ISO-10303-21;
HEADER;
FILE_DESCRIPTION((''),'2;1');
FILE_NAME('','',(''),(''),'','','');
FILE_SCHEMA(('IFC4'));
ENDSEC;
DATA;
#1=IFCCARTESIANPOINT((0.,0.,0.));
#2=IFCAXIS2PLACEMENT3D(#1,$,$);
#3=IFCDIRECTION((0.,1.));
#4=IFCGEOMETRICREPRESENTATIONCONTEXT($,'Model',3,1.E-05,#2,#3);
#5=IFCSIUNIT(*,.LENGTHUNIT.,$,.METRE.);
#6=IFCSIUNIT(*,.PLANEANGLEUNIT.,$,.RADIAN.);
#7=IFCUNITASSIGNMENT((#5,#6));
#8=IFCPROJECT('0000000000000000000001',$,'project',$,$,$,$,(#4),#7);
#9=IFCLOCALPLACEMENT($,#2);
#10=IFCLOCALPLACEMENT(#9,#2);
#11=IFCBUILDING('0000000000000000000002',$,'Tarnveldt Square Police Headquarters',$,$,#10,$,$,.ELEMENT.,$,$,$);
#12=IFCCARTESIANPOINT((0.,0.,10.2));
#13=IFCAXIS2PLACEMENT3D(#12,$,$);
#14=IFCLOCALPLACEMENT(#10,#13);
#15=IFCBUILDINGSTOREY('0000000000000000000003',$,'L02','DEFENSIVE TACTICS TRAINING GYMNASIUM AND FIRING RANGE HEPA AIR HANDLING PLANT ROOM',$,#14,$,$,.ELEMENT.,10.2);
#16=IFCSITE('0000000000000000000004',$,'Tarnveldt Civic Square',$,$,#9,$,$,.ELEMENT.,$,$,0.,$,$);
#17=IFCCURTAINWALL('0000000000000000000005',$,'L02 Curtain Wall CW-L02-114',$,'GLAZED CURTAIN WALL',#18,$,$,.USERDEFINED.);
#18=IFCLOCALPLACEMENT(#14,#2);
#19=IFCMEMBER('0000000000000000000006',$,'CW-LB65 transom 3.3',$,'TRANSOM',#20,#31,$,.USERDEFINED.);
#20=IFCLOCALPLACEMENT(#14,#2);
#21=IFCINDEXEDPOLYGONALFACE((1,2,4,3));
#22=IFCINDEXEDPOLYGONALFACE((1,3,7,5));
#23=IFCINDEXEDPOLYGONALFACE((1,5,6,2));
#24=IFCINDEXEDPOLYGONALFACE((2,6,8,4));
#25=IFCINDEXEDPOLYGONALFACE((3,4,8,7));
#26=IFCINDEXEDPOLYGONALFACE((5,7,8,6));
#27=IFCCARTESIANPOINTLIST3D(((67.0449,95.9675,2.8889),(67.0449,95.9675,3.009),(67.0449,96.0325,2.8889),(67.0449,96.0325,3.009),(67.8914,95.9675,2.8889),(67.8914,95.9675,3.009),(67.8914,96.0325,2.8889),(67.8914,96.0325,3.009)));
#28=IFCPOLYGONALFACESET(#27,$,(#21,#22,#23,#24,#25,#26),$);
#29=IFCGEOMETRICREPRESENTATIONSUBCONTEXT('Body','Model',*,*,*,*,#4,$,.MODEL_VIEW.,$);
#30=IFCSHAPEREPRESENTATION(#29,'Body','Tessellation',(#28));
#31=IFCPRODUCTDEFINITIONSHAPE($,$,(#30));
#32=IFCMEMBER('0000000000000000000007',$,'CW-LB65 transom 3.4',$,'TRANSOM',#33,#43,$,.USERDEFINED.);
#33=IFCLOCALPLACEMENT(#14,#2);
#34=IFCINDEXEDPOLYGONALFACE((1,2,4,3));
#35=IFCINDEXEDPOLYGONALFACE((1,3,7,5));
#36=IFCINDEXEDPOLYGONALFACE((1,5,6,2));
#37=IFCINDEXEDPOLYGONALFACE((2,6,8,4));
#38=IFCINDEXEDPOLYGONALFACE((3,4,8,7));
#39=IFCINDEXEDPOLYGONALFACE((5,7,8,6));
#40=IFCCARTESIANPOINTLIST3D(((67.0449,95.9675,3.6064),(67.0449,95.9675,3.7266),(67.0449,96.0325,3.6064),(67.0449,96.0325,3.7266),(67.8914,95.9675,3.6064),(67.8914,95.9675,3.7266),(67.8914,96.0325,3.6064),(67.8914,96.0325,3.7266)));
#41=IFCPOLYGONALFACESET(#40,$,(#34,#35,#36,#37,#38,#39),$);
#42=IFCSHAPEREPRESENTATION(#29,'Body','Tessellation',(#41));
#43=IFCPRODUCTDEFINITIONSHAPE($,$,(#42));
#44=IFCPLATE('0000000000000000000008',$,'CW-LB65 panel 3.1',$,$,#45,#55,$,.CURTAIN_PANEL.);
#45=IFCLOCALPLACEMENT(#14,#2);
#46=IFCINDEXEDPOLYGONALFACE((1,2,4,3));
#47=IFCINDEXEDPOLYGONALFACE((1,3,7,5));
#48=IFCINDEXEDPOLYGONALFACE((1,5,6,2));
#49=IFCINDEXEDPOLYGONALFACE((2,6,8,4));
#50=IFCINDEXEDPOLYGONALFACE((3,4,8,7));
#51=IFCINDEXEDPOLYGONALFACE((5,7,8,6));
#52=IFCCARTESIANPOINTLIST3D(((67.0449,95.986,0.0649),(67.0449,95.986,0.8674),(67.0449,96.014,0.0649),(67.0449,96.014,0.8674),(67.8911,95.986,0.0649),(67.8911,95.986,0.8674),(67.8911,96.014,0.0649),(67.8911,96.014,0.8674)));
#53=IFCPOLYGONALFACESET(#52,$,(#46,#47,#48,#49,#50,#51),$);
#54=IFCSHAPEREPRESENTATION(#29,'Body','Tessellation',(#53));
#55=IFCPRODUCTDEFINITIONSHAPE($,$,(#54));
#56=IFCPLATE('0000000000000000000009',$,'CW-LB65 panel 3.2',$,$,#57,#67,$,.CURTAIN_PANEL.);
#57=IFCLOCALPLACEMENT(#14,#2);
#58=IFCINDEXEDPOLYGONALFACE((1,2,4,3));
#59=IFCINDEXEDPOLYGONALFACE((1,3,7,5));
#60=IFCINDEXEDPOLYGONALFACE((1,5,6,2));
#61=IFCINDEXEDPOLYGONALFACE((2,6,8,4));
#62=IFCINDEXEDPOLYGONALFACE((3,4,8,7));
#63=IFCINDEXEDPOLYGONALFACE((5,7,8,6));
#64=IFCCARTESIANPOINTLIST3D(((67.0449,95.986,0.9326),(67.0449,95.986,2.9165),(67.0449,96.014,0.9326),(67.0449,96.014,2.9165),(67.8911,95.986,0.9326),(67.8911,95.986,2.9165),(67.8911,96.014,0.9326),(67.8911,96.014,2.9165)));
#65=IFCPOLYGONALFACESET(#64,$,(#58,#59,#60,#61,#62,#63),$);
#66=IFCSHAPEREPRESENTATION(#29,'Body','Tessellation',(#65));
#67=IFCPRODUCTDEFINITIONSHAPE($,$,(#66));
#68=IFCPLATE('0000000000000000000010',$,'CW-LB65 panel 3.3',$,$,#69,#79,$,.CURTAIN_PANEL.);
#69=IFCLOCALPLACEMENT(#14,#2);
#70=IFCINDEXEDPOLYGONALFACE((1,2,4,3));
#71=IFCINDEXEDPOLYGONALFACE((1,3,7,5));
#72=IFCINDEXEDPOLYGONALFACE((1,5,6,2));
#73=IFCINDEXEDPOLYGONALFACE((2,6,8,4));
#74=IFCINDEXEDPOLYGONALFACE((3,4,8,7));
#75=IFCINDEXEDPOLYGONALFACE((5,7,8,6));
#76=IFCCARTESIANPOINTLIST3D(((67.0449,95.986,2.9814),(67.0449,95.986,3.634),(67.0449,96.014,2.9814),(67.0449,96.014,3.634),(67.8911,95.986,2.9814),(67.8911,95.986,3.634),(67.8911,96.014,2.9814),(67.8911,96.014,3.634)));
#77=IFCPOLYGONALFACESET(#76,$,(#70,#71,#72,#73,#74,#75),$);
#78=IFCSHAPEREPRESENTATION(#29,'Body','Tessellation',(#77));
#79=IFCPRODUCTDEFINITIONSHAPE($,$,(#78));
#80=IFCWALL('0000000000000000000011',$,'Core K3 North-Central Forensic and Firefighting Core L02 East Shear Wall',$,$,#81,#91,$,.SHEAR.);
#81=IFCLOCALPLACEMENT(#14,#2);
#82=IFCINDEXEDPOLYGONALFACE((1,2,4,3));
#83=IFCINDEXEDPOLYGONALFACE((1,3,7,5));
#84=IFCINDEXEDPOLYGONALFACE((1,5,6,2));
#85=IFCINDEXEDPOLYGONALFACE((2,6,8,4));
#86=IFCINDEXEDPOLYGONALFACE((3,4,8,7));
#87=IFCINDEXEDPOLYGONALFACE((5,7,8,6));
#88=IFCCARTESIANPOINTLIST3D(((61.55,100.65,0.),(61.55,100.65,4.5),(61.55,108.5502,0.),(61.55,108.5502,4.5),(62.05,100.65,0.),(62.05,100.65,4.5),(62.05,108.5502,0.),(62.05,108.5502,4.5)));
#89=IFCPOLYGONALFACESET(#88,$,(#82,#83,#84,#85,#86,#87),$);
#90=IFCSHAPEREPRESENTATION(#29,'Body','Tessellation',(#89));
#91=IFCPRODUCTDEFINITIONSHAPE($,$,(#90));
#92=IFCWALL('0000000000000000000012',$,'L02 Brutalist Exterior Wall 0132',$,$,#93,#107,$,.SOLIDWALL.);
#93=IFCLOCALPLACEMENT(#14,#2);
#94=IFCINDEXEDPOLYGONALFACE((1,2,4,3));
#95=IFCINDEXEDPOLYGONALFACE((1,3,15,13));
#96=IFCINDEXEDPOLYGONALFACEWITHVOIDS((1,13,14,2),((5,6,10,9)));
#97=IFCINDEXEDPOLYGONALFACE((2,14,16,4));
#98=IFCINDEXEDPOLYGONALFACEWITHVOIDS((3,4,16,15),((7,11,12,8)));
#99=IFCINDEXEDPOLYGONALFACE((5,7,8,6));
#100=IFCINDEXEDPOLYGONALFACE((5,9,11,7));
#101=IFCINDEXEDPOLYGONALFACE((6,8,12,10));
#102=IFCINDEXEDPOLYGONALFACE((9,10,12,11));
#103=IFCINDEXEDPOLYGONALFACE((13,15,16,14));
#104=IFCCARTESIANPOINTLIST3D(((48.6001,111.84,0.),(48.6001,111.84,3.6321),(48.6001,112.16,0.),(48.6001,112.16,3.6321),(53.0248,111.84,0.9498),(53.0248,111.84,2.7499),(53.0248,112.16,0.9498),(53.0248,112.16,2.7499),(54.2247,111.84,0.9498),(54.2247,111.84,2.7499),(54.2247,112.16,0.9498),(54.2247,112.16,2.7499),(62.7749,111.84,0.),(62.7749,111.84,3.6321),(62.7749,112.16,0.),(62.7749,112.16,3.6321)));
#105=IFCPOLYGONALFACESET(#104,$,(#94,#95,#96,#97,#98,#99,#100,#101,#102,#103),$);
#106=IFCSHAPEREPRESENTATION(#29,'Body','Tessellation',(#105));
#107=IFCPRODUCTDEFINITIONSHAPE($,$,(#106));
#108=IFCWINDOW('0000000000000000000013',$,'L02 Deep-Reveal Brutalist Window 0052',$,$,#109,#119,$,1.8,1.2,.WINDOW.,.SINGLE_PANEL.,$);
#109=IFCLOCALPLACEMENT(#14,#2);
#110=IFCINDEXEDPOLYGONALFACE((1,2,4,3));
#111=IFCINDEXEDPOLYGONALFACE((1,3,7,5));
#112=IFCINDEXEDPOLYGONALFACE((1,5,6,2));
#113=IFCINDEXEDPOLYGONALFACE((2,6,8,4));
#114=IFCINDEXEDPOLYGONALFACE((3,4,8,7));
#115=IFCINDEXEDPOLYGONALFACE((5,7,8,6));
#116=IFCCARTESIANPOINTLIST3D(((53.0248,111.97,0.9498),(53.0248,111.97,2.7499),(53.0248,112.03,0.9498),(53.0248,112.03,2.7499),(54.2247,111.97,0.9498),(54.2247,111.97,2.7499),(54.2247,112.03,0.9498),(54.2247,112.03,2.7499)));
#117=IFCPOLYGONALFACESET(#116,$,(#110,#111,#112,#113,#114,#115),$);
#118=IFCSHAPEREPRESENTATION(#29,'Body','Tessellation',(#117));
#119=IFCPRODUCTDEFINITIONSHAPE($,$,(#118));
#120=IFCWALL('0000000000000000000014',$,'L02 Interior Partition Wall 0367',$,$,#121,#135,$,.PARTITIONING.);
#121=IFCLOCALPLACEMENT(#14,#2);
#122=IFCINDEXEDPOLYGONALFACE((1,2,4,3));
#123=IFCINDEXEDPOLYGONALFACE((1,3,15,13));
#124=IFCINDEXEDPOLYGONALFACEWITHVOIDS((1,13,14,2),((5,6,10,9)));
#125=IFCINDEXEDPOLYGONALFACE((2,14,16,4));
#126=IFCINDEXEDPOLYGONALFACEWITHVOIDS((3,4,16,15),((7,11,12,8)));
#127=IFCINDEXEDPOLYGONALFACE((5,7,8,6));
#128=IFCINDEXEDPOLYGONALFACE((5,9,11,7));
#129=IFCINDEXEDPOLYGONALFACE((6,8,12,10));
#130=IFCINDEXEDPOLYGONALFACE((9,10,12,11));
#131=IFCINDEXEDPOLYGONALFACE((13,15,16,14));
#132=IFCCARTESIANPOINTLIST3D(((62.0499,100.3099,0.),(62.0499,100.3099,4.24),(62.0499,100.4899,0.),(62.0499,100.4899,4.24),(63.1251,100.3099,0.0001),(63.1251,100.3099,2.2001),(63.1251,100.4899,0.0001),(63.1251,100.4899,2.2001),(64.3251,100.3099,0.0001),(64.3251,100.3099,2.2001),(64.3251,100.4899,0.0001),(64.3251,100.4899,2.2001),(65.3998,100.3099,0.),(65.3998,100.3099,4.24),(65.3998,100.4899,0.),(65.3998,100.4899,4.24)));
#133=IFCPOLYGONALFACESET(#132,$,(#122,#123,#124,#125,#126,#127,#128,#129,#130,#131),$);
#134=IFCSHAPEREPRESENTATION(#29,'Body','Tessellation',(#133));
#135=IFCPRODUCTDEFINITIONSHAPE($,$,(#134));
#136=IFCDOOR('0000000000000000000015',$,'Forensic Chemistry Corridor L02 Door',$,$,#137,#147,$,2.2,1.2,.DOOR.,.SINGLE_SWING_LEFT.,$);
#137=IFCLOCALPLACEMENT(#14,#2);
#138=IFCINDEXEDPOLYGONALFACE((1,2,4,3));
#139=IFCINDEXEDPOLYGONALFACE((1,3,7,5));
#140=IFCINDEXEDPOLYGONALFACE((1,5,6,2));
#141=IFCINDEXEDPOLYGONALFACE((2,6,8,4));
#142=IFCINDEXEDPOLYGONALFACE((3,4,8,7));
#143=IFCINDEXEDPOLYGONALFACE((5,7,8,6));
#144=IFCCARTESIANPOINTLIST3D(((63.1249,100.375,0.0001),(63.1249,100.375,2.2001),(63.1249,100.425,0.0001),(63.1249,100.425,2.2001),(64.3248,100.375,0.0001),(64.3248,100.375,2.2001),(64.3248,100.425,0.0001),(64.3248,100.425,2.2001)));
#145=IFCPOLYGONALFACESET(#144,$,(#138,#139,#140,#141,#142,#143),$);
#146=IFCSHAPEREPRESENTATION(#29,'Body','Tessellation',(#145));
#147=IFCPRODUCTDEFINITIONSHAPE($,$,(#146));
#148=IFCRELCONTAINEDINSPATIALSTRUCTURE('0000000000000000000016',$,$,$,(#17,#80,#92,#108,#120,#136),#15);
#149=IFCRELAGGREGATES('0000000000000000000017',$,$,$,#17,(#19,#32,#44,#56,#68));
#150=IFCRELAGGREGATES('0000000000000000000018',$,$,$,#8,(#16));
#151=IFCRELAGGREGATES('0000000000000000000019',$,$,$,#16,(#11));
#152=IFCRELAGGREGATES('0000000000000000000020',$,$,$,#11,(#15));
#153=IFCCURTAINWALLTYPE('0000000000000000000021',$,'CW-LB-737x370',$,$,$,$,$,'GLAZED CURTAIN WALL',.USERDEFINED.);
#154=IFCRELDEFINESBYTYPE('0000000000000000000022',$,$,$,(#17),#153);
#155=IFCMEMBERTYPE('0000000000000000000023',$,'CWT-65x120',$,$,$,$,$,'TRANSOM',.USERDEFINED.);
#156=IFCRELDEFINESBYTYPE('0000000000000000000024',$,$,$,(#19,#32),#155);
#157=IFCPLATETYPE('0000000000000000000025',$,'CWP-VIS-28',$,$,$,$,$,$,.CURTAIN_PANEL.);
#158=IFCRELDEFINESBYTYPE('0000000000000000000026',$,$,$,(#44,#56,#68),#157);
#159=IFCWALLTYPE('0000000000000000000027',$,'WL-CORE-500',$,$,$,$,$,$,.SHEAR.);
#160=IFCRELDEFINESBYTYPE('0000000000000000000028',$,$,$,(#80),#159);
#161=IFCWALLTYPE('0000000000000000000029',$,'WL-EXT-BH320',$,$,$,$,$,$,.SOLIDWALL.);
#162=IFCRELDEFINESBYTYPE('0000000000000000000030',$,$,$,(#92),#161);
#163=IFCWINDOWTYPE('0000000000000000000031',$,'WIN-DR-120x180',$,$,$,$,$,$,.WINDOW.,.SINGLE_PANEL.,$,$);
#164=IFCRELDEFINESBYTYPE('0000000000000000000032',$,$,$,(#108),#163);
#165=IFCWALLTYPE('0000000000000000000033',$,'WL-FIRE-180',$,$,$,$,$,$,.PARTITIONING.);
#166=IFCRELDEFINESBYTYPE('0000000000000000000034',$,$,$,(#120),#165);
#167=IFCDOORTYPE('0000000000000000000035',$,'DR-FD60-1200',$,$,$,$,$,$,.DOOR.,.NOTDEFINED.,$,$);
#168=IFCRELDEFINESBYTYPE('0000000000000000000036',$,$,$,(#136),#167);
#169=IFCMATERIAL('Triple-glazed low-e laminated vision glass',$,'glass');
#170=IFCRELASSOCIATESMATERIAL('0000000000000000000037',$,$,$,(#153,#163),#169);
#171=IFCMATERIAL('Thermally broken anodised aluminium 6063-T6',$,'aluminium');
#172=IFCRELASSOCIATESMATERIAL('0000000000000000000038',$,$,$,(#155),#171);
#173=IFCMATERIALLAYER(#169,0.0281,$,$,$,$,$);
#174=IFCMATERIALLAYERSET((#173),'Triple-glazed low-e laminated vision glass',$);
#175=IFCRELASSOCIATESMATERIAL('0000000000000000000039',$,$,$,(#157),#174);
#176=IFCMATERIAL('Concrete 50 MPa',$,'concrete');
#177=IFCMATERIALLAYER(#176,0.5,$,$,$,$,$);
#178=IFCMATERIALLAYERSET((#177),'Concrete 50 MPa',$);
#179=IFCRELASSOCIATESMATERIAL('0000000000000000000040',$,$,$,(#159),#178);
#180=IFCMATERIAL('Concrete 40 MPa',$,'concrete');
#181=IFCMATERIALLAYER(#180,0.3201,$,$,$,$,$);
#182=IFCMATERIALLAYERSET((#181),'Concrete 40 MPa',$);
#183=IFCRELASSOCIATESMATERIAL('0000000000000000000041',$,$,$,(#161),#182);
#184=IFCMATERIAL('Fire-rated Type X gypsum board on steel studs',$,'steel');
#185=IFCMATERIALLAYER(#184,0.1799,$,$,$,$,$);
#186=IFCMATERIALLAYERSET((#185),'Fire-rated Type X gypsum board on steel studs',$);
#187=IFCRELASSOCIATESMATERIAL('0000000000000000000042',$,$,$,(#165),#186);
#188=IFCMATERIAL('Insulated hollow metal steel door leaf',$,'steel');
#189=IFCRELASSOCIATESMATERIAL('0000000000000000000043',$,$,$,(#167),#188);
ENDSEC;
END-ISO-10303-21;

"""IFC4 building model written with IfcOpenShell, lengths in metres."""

from ifc_helpers import new_model, si_unit, direction, frame, frame_2d, origin, origin_2d, place, context, subcontext, project, spatial, rectangle, extrude, material, layer, layer_set, material_profile, profile_set, type_object, element, fill, aggregate, save


model = new_model("IFC4")

# Units and contexts
model_context = context("Model", 3, precision=1e-05, world=origin(), true_north=direction((0.0, 1.0)))
body_context = subcontext(model_context, "Body", "Model", "MODEL_VIEW")
ifc_project = project(units=[si_unit("LENGTHUNIT", "METRE"), si_unit("PLANEANGLEUNIT", "RADIAN")], contexts=[model_context])

# Site, building, storey
site_placement = place(None, origin())
site = spatial("IfcSite", under=ifc_project, at=site_placement, Name="Tarnveldt Civic Square", CompositionType="ELEMENT", RefElevation=0.0)
building_placement = place(site_placement, origin())
building = spatial("IfcBuilding", under=site, at=building_placement, Name="Tarnveldt Square Police Headquarters", CompositionType="ELEMENT")
storey_placement = place(building_placement, frame((0.0, 0.0, 10.2)))
storey = spatial("IfcBuildingStorey", under=building, at=storey_placement, Name="L02", Description="DEFENSIVE TACTICS TRAINING GYMNASIUM AND FIRING RANGE HEPA AIR HANDLING PLANT ROOM", CompositionType="ELEMENT", Elevation=10.2)

# Shared definitions
ifc_material_1 = material(Name="Concrete 50 MPa", Category="concrete")

# Shared definitions
ifc_material_2 = material(Name="Concrete 40 MPa", Category="concrete")

# Curtain wall, members, plates
ifc_material_3 = material(Name="Triple-glazed low-e laminated vision glass", Category="glass")
curtain_wall_type = type_object("IfcCurtainWallType", Name="CW-LB-737x370", ElementType="GLAZED CURTAIN WALL", PredefinedType="USERDEFINED", material=ifc_material_3)
curtain_wall_placement = place(storey_placement, origin())
curtain_wall = element("IfcCurtainWall", 1, at=curtain_wall_placement, inside=storey, type_object=curtain_wall_type, Name="L02 Curtain Wall CW-L02-114", ObjectType="GLAZED CURTAIN WALL", PredefinedType="USERDEFINED")
ifc_material_4 = material(Name="Thermally broken anodised aluminium 6063-T6", Category="aluminium")
ifc_material_profile_1 = material_profile(ifc_material_4, rectangle(XDim=0.0649, YDim=0.1201, at=origin_2d()), Name="CW-T65x120")
ifc_profile_set_1 = profile_set([ifc_material_profile_1], Name="Thermally broken anodised aluminium 6063-T6")
member_type_1 = type_object("IfcMemberType", Name="CWT-65x120", ElementType="TRANSOM", PredefinedType="USERDEFINED", material=ifc_profile_set_1)
member_1_placement = place(storey_placement, frame((67.0449, 96.0, 2.949), z_axis=(1.0, 0.0, 0.0), x_axis=(0.0, 1.0, 0.0)))
member_1 = element("IfcMember", 2, at=member_1_placement, type_object=member_type_1, Name="CW-LB65 transom 3.3", ObjectType="TRANSOM", PredefinedType="USERDEFINED", context=body_context, shape_type="SweptSolid", body=[
    extrude(rectangle(XDim=0.0649, YDim=0.1201, at=origin_2d()), origin(), (0.0, 0.0, 1.0), 0.8464),
])
member_2_placement = place(storey_placement, frame((67.0449, 96.0, 3.6665), z_axis=(1.0, 0.0, 0.0), x_axis=(0.0, 1.0, 0.0)))
member_2 = element("IfcMember", 3, at=member_2_placement, type_object=member_type_1, Name="CW-LB65 transom 3.4", ObjectType="TRANSOM", PredefinedType="USERDEFINED", context=body_context, shape_type="SweptSolid", body=[
    extrude(rectangle(XDim=0.0649, YDim=0.1201, at=origin_2d()), origin(), (0.0, 0.0, 1.0), 0.8464),
])
ifc_layer_1 = layer(ifc_material_3, 0.0281)
ifc_layer_set_1 = layer_set([ifc_layer_1], Name="Triple-glazed low-e laminated vision glass")
plate_type = type_object("IfcPlateType", Name="CWP-VIS-28", PredefinedType="CURTAIN_PANEL", material=ifc_layer_set_1)
plate_1_placement = place(storey_placement, frame((67.468, 96.0, 0.0649), z_axis=(0.0, 0.0, 1.0), x_axis=(1.0, 0.0, 0.0)))
plate_1 = element("IfcPlate", 4, at=plate_1_placement, type_object=plate_type, Name="CW-LB65 panel 3.1", PredefinedType="CURTAIN_PANEL", context=body_context, shape_type="SweptSolid", body=[
    extrude(rectangle(XDim=0.8462, YDim=0.0281, at=origin_2d()), origin(), (0.0, 0.0, 1.0), 0.8025),
])
plate_2_placement = place(storey_placement, frame((67.468, 96.0, 0.9326), z_axis=(0.0, 0.0, 1.0), x_axis=(1.0, 0.0, 0.0)))
plate_2 = element("IfcPlate", 5, at=plate_2_placement, type_object=plate_type, Name="CW-LB65 panel 3.2", PredefinedType="CURTAIN_PANEL", context=body_context, shape_type="SweptSolid", body=[
    extrude(rectangle(XDim=0.8462, YDim=0.0281, at=origin_2d()), origin(), (0.0, 0.0, 1.0), 1.9839),
])
plate_3_placement = place(storey_placement, frame((67.468, 96.0, 2.9814), z_axis=(0.0, 0.0, 1.0), x_axis=(1.0, 0.0, 0.0)))
plate_3 = element("IfcPlate", 6, at=plate_3_placement, type_object=plate_type, Name="CW-LB65 panel 3.3", PredefinedType="CURTAIN_PANEL", context=body_context, shape_type="SweptSolid", body=[
    extrude(rectangle(XDim=0.8462, YDim=0.0281, at=origin_2d()), origin(), (0.0, 0.0, 1.0), 0.6526),
])
aggregate(curtain_wall, [member_1, member_2, plate_1, plate_2, plate_3])

# Wall
ifc_layer_2 = layer(ifc_material_1, 0.5)
ifc_layer_set_2 = layer_set([ifc_layer_2], Name="Concrete 50 MPa")
wall_type_1 = type_object("IfcWallType", Name="WL-CORE-500", PredefinedType="SHEAR", material=ifc_layer_set_2)
wall_1_placement = place(storey_placement, frame((61.8, 100.6499, 0.0), z_axis=(0.0, 0.0, 1.0), x_axis=(0.0, 1.0, 0.0)))
element("IfcWall", 7, at=wall_1_placement, inside=storey, type_object=wall_type_1, Name="Core K3 North-Central Forensic and Firefighting Core L02 East Shear Wall", PredefinedType="SHEAR", context=body_context, shape_type="SweptSolid", body=[
    extrude(rectangle(XDim=7.9001, YDim=0.5, at=frame_2d((3.9502, 0.0))), origin(), (0.0, 0.0, 1.0), 4.5),
])

# Wall, opening, window
ifc_layer_3 = layer(ifc_material_2, 0.3201)
ifc_layer_set_3 = layer_set([ifc_layer_3], Name="Concrete 40 MPa")
wall_type_2 = type_object("IfcWallType", Name="WL-EXT-BH320", PredefinedType="SOLIDWALL", material=ifc_layer_set_3)
wall_2_placement = place(storey_placement, frame((62.7749, 112.0, 0.0), z_axis=(0.0, 0.0, 1.0), x_axis=(-1.0, 0.0, 0.0)))
wall_2 = element("IfcWall", 8, at=wall_2_placement, inside=storey, type_object=wall_type_2, Name="L02 Brutalist Exterior Wall 0132", PredefinedType="SOLIDWALL", context=body_context, shape_type="SweptSolid", body=[
    extrude(rectangle(XDim=14.1748, YDim=0.3201, at=frame_2d((7.0874, 0.0))), origin(), (0.0, 0.0, 1.0), 3.6321),
])
opening_1_placement = place(wall_2_placement, frame((8.55, 0.0, 0.95)))
opening_1 = element("IfcOpeningElement", 9, at=opening_1_placement, cuts=wall_2, PredefinedType="OPENING", context=body_context, shape_type="SweptSolid", body=[
    extrude(rectangle(XDim=1.2, YDim=1.8, at=frame_2d((0.6001, 0.8999))), frame((0.0, 0.1699, 0.0), z_axis=(0.0, -1.0, 0.0), x_axis=(1.0, 0.0, 0.0)), (0.0, 0.0, 1.0), 0.3401),
])
window_type = type_object("IfcWindowType", Name="WIN-DR-120x180", PartitioningType="SINGLE_PANEL", PredefinedType="WINDOW", material=ifc_material_3)
window_placement = place(opening_1_placement, origin())
window = element("IfcWindow", 10, at=window_placement, inside=storey, type_object=window_type, Name="L02 Deep-Reveal Brutalist Window 0052", OverallHeight=1.8, OverallWidth=1.2, PartitioningType="SINGLE_PANEL", PredefinedType="WINDOW", context=body_context, shape_type="SweptSolid", body=[
    extrude(rectangle(XDim=1.2, YDim=1.8, at=frame_2d((0.6001, 0.8999))), frame((0.0, 0.03, 0.0), z_axis=(0.0, -1.0, 0.0), x_axis=(1.0, 0.0, 0.0)), (0.0, 0.0, 1.0), 0.0601),
])
fill(opening_1, window)

# Wall, opening, door
ifc_material_5 = material(Name="Fire-rated Type X gypsum board on steel studs", Category="steel")
ifc_layer_4 = layer(ifc_material_5, 0.1799)
ifc_layer_set_4 = layer_set([ifc_layer_4], Name="Fire-rated Type X gypsum board on steel studs")
wall_type_3 = type_object("IfcWallType", Name="WL-FIRE-180", PredefinedType="PARTITIONING", material=ifc_layer_set_4)
wall_3_placement = place(storey_placement, frame((62.05, 100.3999, 0.0), z_axis=(0.0, 0.0, 1.0), x_axis=(1.0, 0.0, 0.0)))
wall_3 = element("IfcWall", 11, at=wall_3_placement, inside=storey, type_object=wall_type_3, Name="L02 Interior Partition Wall 0367", PredefinedType="PARTITIONING", context=body_context, shape_type="SweptSolid", body=[
    extrude(rectangle(XDim=3.3499, YDim=0.1799, at=frame_2d((1.6748, 0.0))), origin(), (0.0, 0.0, 1.0), 4.24),
])
opening_2_placement = place(wall_3_placement, frame((1.075, 0.0, 0.0)))
opening_2 = element("IfcOpeningElement", 12, at=opening_2_placement, cuts=wall_3, PredefinedType="OPENING", context=body_context, shape_type="SweptSolid", body=[
    extrude(rectangle(XDim=1.2, YDim=2.2, at=frame_2d((0.6001, 1.1001))), frame((0.0, 0.0999, 0.0), z_axis=(0.0, -1.0, 0.0), x_axis=(1.0, 0.0, 0.0)), (0.0, 0.0, 1.0), 0.2),
])
ifc_material_6 = material(Name="Insulated hollow metal steel door leaf", Category="steel")
door_type_1 = type_object("IfcDoorType", Name="DR-FD60-1200", OperationType="NOTDEFINED", PredefinedType="DOOR", material=ifc_material_6)
door_1_placement = place(opening_2_placement, frame((1.2, 0.0, 0.0), z_axis=(0.0, 0.0, 1.0), x_axis=(-1.0, 0.0, 0.0)))
door_1 = element("IfcDoor", 13, at=door_1_placement, inside=storey, type_object=door_type_1, Name="Forensic Chemistry Corridor L02 Door", OperationType="SINGLE_SWING_LEFT", OverallHeight=2.2, OverallWidth=1.2, PredefinedType="DOOR", context=body_context, shape_type="SweptSolid", body=[
    extrude(rectangle(XDim=1.2, YDim=2.2, at=frame_2d((0.6001, 1.1001))), frame((0.0, 0.0249, 0.0), z_axis=(0.0, -1.0, 0.0), x_axis=(1.0, 0.0, 0.0)), (0.0, 0.0, 1.0), 0.05),
])
fill(opening_2, door_1)

save(model, "model.ifc")
